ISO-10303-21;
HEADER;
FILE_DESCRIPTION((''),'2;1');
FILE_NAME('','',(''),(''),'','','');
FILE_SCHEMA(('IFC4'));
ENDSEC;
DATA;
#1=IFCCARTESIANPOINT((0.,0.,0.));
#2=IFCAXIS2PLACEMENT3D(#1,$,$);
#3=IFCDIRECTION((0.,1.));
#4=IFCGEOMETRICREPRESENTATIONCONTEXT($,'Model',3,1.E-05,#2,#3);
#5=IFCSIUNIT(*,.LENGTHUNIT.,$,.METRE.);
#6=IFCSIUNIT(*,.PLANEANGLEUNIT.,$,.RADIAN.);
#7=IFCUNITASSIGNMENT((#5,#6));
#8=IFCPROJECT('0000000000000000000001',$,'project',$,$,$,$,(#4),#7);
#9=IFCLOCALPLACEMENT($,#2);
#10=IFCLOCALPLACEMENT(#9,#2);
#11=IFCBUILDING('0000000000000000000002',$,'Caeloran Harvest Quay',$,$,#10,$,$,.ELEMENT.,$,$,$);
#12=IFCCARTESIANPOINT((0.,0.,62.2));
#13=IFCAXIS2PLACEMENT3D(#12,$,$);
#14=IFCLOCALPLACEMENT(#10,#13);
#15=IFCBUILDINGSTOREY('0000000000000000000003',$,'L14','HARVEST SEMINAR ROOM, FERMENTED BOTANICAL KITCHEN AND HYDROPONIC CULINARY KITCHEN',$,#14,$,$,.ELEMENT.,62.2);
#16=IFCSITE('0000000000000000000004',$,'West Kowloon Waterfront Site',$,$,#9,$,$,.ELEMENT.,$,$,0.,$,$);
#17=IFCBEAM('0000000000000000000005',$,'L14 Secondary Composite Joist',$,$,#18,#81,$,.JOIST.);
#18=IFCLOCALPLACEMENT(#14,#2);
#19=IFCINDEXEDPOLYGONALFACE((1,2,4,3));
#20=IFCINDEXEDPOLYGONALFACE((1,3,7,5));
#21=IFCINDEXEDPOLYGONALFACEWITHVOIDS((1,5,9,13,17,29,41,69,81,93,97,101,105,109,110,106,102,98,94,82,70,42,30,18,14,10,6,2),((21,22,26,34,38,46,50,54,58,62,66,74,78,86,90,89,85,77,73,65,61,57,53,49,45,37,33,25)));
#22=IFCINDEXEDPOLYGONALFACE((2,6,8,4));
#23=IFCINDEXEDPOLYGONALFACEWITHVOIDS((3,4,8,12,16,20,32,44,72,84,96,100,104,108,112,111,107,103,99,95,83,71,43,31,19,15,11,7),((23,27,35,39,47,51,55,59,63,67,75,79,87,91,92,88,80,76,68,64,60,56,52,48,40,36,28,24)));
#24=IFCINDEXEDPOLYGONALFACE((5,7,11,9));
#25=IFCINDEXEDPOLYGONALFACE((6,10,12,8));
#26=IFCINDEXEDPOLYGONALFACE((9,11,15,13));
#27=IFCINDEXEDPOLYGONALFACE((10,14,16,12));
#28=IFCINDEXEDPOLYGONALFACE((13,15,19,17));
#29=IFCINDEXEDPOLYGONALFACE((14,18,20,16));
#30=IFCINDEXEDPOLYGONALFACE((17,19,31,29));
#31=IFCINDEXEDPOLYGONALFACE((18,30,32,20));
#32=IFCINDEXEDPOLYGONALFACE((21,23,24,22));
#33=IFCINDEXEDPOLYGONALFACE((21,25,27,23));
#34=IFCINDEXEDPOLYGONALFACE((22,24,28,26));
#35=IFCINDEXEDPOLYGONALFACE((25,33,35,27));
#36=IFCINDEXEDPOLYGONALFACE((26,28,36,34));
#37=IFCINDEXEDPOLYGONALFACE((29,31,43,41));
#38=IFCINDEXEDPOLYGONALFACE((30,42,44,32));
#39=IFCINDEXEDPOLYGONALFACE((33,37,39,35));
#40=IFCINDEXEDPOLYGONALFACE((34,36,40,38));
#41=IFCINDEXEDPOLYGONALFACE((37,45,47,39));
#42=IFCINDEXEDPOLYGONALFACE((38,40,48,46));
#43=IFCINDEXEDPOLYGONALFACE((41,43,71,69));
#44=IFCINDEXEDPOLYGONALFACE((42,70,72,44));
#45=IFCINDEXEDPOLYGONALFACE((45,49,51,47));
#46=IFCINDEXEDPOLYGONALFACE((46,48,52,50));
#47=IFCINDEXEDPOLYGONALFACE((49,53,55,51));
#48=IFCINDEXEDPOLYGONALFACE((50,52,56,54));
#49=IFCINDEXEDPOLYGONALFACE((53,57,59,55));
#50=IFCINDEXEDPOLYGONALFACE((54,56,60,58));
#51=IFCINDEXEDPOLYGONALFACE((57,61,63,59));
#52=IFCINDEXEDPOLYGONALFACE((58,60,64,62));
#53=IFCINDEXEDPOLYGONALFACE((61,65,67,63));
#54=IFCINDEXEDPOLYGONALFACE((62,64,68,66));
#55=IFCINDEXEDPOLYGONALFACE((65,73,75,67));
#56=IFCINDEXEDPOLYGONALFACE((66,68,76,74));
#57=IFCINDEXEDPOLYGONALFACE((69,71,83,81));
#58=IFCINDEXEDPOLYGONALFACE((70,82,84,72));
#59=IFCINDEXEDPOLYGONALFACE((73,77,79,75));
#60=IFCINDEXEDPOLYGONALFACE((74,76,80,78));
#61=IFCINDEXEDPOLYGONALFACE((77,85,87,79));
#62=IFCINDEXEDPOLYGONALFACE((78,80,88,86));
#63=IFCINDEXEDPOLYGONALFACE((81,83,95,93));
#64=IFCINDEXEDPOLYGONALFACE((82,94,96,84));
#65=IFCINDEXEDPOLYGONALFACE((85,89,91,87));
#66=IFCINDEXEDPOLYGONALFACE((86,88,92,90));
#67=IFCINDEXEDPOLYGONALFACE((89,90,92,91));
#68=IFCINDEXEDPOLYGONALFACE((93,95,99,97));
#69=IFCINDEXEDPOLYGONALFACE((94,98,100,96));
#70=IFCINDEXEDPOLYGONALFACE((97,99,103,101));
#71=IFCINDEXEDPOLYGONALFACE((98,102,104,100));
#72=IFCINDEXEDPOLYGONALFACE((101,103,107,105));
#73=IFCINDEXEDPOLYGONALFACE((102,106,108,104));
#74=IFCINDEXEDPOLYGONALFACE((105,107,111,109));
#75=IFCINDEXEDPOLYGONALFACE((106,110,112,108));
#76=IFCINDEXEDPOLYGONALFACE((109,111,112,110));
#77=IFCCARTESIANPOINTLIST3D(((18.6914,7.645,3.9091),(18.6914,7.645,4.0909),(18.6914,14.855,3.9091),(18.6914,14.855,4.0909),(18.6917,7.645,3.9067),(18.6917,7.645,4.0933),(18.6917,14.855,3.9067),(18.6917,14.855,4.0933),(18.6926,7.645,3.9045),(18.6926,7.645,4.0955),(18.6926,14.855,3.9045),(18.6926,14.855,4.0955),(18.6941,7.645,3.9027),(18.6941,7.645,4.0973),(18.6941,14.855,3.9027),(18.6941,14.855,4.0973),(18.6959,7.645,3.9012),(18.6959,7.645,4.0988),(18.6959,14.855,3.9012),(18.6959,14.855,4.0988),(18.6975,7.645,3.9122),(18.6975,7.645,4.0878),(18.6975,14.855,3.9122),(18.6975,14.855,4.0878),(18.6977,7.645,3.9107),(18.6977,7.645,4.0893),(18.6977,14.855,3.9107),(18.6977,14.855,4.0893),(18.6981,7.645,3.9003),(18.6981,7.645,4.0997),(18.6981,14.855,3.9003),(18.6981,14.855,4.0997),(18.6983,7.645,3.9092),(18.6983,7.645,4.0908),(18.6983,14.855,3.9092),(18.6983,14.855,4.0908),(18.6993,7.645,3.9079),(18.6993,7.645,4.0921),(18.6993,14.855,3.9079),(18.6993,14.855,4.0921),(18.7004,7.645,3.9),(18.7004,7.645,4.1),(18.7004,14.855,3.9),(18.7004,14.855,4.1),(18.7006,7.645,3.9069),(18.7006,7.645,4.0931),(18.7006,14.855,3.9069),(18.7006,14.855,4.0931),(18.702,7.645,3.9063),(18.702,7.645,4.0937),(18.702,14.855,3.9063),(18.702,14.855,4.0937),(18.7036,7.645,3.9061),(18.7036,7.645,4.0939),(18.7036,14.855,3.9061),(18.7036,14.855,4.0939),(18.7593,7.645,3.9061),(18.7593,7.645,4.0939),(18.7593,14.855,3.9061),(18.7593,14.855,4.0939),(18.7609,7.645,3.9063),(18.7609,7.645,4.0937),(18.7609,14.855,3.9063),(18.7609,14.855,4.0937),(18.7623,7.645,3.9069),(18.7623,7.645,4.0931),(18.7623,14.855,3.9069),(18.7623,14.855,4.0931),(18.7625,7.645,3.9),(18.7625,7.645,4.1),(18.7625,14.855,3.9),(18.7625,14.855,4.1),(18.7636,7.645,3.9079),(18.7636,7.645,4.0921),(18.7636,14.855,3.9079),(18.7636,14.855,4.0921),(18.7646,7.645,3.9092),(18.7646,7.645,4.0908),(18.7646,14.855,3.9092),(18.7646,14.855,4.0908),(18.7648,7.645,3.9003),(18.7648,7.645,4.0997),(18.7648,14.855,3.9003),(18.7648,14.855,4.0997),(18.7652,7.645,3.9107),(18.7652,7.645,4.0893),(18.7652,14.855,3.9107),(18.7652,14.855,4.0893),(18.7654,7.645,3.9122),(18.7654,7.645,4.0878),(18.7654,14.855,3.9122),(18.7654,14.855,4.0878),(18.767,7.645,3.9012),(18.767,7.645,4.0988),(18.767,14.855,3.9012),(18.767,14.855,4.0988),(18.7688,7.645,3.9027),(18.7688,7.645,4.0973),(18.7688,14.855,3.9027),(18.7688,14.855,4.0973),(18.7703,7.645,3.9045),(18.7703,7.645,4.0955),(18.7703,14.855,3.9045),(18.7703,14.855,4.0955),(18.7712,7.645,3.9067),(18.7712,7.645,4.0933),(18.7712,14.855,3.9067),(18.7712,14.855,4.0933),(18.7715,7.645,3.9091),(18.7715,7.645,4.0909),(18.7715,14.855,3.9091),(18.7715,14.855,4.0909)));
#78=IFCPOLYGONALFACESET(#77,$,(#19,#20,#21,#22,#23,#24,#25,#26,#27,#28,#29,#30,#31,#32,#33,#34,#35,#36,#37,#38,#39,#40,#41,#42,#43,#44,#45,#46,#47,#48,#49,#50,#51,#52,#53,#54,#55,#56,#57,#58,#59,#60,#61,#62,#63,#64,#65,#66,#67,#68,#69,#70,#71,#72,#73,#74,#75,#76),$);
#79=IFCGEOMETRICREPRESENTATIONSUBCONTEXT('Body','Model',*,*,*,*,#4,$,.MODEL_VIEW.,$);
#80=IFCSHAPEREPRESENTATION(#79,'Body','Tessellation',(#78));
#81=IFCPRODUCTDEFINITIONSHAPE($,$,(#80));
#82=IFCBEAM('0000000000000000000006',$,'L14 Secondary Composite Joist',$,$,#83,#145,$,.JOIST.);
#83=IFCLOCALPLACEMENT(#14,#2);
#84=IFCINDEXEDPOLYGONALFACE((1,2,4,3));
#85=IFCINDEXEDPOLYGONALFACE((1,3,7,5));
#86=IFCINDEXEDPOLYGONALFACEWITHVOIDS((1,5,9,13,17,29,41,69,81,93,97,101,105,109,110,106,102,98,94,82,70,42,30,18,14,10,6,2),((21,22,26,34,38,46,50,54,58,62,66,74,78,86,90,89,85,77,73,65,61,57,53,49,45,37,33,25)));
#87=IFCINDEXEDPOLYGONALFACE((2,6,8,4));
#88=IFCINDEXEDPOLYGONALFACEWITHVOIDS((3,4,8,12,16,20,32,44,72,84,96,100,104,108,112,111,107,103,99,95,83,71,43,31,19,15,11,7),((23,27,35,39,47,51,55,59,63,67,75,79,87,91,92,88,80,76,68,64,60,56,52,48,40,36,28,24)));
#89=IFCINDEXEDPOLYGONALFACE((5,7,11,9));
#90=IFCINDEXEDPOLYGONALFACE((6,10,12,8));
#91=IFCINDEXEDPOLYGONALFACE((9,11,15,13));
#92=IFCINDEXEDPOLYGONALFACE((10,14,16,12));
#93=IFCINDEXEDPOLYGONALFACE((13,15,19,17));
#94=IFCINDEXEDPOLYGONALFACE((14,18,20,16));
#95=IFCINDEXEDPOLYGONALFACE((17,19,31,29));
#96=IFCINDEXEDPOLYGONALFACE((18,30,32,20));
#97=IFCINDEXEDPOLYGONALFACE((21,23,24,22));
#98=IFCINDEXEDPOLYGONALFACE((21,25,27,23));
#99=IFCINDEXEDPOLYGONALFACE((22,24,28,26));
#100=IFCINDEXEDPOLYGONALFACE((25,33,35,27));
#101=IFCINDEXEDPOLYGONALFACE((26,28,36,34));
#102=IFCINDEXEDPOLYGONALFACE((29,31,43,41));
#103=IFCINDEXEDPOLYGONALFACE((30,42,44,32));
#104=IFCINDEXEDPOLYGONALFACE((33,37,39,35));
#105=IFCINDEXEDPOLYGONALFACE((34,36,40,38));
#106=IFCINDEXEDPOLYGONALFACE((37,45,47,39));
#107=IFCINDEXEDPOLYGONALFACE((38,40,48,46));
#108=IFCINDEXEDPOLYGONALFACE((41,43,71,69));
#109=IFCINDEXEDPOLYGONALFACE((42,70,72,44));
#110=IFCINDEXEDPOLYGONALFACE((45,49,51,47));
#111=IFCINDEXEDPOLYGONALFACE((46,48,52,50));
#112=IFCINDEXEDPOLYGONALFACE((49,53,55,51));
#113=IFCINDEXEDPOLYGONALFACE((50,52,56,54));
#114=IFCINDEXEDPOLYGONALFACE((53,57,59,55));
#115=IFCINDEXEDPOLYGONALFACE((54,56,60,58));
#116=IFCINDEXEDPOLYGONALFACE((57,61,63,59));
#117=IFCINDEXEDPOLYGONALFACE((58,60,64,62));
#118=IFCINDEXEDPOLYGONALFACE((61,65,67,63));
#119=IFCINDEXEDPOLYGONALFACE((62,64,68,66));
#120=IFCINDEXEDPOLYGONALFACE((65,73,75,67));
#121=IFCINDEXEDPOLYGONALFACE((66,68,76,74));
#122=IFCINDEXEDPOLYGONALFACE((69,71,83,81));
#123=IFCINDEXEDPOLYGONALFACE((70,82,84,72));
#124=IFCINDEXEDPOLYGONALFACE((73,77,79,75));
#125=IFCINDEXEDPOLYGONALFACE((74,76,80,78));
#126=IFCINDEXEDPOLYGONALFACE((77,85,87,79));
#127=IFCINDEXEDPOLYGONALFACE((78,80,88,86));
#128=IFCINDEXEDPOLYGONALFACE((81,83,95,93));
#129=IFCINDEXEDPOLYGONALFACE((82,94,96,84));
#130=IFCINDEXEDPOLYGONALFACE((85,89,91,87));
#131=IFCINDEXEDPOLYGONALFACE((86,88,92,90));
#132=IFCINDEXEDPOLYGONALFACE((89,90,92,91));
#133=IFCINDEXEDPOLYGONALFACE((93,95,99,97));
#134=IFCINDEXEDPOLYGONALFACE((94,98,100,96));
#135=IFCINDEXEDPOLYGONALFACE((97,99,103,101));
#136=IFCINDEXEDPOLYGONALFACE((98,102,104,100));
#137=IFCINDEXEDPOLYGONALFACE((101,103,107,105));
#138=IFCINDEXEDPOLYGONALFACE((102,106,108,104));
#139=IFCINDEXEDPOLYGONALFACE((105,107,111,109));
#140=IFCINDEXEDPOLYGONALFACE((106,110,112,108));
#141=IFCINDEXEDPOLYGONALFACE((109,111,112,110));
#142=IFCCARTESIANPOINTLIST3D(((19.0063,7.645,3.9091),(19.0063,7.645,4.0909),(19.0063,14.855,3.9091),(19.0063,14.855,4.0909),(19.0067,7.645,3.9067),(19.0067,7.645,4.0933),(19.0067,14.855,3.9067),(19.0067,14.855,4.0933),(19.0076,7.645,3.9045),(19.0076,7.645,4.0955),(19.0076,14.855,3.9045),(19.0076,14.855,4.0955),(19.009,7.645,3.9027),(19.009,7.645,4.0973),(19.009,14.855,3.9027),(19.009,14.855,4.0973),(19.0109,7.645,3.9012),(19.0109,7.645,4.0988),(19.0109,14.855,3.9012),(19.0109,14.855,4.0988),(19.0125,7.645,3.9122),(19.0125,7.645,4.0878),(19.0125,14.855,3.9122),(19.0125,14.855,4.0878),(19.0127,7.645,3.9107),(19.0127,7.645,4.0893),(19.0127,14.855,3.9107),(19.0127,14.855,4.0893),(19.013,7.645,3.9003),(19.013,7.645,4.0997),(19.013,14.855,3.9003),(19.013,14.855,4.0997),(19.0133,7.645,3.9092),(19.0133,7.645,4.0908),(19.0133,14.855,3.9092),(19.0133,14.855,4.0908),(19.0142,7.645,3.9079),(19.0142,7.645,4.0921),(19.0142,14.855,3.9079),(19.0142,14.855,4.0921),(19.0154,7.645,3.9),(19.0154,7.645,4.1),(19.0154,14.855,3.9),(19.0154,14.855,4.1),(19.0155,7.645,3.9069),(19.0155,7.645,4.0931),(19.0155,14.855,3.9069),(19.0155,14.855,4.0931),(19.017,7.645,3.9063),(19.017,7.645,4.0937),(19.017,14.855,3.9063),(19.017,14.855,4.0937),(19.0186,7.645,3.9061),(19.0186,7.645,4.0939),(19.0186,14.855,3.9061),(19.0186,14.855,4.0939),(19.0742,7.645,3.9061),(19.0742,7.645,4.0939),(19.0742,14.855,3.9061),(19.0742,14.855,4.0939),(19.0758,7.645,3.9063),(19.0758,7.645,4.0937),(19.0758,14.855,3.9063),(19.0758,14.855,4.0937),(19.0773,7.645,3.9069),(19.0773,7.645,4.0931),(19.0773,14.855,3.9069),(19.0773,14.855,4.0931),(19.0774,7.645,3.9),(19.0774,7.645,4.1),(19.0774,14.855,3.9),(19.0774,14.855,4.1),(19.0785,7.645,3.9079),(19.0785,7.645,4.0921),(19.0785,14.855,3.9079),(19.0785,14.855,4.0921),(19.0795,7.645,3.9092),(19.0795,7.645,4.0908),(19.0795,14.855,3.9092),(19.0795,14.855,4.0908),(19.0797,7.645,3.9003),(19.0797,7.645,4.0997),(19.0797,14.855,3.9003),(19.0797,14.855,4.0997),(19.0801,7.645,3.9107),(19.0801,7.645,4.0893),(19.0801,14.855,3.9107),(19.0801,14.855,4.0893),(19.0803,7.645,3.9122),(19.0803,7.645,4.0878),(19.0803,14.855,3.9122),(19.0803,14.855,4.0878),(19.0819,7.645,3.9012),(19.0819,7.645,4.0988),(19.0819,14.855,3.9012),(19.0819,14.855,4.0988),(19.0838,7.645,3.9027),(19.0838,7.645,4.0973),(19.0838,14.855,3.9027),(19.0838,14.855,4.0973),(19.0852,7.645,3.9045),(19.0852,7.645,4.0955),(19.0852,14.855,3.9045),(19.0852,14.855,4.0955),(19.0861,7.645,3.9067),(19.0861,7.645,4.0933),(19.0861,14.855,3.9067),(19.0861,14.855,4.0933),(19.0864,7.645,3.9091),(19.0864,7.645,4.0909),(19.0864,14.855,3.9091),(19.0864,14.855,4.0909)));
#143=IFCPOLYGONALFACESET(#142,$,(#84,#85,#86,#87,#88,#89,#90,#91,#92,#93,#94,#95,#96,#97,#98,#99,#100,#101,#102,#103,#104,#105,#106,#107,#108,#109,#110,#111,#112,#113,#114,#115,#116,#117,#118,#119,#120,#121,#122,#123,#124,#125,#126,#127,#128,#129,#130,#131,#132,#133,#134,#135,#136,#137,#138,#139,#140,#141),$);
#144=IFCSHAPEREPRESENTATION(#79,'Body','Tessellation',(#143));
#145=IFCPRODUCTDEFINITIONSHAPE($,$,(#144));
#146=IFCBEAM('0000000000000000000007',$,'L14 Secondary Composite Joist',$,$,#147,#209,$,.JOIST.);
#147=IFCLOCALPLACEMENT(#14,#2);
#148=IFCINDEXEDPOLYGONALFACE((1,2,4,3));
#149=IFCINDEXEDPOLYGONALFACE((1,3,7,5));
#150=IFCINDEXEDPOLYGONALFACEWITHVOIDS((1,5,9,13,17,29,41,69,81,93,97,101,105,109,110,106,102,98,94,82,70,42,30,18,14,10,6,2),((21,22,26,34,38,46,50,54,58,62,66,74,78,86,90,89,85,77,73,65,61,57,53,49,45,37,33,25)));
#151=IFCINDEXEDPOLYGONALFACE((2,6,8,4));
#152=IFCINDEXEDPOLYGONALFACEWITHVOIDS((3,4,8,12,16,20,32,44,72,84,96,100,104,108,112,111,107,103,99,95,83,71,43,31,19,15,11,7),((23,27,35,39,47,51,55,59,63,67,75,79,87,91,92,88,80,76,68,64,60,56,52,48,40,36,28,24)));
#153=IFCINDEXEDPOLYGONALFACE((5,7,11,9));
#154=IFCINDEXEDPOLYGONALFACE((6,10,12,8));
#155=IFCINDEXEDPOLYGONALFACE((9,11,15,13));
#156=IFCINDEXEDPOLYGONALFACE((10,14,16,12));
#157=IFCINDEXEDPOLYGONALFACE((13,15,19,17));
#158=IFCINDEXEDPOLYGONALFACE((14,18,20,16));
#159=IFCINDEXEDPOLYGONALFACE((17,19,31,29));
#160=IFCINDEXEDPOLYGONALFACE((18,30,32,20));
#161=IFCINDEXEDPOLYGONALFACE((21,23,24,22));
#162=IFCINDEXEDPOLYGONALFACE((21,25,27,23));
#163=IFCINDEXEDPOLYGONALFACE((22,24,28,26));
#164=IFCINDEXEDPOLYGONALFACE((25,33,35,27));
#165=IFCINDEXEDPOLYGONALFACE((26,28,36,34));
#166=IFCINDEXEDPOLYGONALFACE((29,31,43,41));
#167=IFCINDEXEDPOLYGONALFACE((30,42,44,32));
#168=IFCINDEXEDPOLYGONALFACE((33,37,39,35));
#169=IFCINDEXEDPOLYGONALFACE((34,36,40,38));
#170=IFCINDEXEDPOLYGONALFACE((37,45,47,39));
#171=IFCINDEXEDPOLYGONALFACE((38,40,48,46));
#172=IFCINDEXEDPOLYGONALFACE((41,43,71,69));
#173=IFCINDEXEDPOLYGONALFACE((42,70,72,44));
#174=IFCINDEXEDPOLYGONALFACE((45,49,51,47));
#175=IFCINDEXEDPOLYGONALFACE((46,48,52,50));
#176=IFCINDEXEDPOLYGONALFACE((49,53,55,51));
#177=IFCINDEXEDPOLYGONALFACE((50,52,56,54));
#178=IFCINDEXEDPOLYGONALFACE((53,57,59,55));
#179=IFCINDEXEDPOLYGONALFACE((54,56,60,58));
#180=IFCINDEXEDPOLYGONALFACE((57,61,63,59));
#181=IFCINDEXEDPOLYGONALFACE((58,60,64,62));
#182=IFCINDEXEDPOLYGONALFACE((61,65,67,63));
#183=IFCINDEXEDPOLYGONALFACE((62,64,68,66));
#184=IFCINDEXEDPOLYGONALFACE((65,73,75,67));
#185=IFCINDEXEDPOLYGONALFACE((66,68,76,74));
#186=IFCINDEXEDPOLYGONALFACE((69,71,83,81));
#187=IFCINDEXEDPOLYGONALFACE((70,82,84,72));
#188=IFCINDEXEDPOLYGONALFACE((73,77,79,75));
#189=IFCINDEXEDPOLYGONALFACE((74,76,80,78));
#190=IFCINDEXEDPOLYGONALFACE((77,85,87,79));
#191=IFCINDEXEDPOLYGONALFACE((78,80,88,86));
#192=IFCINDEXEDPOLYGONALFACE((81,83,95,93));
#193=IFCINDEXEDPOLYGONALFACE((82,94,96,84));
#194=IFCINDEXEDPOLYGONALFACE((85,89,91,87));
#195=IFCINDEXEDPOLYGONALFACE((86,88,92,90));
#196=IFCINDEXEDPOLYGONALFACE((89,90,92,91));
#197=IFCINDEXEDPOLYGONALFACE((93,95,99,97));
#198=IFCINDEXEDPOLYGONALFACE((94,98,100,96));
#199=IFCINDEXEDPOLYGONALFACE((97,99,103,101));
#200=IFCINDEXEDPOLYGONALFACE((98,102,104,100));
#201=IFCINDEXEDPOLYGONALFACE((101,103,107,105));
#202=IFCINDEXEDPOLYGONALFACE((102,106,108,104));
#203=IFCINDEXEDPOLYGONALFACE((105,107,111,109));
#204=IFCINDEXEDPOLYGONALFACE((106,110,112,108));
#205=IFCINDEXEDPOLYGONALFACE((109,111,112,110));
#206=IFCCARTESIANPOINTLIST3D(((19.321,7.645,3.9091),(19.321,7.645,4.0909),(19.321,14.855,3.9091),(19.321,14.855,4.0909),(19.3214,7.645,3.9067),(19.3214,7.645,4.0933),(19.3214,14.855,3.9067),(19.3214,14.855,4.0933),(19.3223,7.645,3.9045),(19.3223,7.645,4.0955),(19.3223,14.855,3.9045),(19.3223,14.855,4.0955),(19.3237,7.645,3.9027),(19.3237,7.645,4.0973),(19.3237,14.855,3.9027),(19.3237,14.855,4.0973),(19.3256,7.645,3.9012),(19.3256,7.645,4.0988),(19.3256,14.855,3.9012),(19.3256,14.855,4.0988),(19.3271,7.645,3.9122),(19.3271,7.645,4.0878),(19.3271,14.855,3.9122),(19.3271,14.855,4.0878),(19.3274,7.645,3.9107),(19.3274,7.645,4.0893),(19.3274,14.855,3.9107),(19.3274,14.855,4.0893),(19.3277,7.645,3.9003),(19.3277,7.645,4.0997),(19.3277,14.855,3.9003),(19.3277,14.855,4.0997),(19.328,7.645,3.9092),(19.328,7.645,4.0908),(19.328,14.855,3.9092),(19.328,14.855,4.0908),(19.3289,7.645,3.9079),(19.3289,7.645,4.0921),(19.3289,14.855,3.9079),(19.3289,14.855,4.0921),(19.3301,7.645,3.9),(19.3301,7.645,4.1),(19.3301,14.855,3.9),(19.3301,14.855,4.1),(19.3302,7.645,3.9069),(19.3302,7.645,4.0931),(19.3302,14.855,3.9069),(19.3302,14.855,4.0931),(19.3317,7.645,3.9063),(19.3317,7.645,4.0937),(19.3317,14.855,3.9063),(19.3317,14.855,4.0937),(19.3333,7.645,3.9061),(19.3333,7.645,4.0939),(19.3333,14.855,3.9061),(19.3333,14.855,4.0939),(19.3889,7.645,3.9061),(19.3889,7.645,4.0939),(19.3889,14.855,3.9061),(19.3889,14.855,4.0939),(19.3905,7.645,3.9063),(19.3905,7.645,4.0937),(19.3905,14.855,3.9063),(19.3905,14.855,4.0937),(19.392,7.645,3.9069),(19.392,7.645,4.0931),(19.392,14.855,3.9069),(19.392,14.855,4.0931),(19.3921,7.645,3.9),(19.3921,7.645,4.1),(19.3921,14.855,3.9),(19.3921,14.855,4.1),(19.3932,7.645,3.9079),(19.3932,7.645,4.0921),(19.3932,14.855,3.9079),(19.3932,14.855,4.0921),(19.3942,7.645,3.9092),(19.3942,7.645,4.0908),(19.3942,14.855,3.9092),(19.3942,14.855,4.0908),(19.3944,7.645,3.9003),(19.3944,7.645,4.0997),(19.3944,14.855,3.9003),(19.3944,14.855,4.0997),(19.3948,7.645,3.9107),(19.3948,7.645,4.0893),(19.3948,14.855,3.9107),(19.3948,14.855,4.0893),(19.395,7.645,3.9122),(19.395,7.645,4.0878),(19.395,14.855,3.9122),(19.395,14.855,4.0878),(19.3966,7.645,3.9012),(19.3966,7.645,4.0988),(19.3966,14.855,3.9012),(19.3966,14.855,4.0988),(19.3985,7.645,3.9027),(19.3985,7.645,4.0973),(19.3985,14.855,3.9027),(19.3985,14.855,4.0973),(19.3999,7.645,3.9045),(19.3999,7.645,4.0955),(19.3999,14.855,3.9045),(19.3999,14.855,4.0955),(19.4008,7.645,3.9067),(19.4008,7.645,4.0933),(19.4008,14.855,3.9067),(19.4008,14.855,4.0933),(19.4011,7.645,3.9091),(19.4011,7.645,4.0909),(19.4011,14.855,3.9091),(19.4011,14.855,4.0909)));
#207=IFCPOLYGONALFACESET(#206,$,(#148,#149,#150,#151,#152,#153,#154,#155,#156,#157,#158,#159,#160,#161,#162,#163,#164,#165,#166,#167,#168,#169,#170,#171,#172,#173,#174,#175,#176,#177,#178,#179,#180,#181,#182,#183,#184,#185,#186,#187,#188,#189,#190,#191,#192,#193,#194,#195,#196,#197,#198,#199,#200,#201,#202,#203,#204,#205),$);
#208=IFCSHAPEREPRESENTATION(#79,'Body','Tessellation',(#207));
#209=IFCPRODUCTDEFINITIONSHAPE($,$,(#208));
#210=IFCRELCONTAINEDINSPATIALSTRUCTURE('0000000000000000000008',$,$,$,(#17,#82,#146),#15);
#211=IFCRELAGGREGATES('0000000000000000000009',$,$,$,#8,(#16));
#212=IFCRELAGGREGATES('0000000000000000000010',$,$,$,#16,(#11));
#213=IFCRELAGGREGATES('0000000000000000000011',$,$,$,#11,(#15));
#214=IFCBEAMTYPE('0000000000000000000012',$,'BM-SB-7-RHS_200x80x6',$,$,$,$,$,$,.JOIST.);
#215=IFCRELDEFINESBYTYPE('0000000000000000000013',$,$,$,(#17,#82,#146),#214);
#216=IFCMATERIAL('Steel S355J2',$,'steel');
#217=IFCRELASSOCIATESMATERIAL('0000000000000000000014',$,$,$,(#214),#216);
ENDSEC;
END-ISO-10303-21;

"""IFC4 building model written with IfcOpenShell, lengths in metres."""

from ifc_helpers import new_model, si_unit, direction, frame, origin, origin_2d, place, context, subcontext, project, spatial, hollow_rectangle, extrude, material, material_profile, profile_set, type_object, element, save


model = new_model("IFC4")

# Units and contexts
model_context = context("Model", 3, precision=1e-05, world=origin(), true_north=direction((0.0, 1.0)))
body_context = subcontext(model_context, "Body", "Model", "MODEL_VIEW")
ifc_project = project(units=[si_unit("LENGTHUNIT", "METRE"), si_unit("PLANEANGLEUNIT", "RADIAN")], contexts=[model_context])

# Site, building, storey
site_placement = place(None, origin())
site = spatial("IfcSite", under=ifc_project, at=site_placement, Name="West Kowloon Waterfront Site", CompositionType="ELEMENT", RefElevation=0.0)
building_placement = place(site_placement, origin())
building = spatial("IfcBuilding", under=site, at=building_placement, Name="Caeloran Harvest Quay", CompositionType="ELEMENT")
storey_placement = place(building_placement, frame((0.0, 0.0, 62.2)))
storey = spatial("IfcBuildingStorey", under=building, at=storey_placement, Name="L14", Description="HARVEST SEMINAR ROOM, FERMENTED BOTANICAL KITCHEN AND HYDROPONIC CULINARY KITCHEN", CompositionType="ELEMENT", Elevation=62.2)

# Beams
ifc_material = material(Name="Steel S355J2", Category="steel")
ifc_material_profile_1 = material_profile(ifc_material, hollow_rectangle(XDim=0.0801, YDim=0.2, WallThickness=0.0061, InnerFilletRadius=0.0061, OuterFilletRadius=0.009, at=origin_2d()), Name="RHS 200x80x6")
ifc_profile_set_1 = profile_set([ifc_material_profile_1], Name="Steel S355J2")
beam_type_1 = type_object("IfcBeamType", Name="BM-SB-7-RHS_200x80x6", PredefinedType="JOIST", material=ifc_profile_set_1)
for number, where, z_axis, x_axis, name in (
    (1, (18.7314, 7.645, 4.0), (0.0, 1.0, 0.0), (-1.0, 0.0, 0.0), "L14 Secondary Composite Joist"),
    (2, (19.0464, 7.645, 4.0), (0.0, 1.0, 0.0), (-1.0, 0.0, 0.0), "L14 Secondary Composite Joist"),
    (3, (19.3611, 7.645, 4.0), (0.0, 1.0, 0.0), (-1.0, 0.0, 0.0), "L14 Secondary Composite Joist"),
):
    element("IfcBeam", number, at=place(storey_placement, frame(where, z_axis=z_axis, x_axis=x_axis)), inside=storey, type_object=beam_type_1, Name=name, PredefinedType="JOIST", context=body_context, shape_type="SweptSolid", body=[
        extrude(hollow_rectangle(XDim=0.0801, YDim=0.2, WallThickness=0.0061, InnerFilletRadius=0.0061, OuterFilletRadius=0.009, at=origin_2d()), origin(), (0.0, 0.0, 1.0), 7.21),
    ])

save(model, "model.ifc")
